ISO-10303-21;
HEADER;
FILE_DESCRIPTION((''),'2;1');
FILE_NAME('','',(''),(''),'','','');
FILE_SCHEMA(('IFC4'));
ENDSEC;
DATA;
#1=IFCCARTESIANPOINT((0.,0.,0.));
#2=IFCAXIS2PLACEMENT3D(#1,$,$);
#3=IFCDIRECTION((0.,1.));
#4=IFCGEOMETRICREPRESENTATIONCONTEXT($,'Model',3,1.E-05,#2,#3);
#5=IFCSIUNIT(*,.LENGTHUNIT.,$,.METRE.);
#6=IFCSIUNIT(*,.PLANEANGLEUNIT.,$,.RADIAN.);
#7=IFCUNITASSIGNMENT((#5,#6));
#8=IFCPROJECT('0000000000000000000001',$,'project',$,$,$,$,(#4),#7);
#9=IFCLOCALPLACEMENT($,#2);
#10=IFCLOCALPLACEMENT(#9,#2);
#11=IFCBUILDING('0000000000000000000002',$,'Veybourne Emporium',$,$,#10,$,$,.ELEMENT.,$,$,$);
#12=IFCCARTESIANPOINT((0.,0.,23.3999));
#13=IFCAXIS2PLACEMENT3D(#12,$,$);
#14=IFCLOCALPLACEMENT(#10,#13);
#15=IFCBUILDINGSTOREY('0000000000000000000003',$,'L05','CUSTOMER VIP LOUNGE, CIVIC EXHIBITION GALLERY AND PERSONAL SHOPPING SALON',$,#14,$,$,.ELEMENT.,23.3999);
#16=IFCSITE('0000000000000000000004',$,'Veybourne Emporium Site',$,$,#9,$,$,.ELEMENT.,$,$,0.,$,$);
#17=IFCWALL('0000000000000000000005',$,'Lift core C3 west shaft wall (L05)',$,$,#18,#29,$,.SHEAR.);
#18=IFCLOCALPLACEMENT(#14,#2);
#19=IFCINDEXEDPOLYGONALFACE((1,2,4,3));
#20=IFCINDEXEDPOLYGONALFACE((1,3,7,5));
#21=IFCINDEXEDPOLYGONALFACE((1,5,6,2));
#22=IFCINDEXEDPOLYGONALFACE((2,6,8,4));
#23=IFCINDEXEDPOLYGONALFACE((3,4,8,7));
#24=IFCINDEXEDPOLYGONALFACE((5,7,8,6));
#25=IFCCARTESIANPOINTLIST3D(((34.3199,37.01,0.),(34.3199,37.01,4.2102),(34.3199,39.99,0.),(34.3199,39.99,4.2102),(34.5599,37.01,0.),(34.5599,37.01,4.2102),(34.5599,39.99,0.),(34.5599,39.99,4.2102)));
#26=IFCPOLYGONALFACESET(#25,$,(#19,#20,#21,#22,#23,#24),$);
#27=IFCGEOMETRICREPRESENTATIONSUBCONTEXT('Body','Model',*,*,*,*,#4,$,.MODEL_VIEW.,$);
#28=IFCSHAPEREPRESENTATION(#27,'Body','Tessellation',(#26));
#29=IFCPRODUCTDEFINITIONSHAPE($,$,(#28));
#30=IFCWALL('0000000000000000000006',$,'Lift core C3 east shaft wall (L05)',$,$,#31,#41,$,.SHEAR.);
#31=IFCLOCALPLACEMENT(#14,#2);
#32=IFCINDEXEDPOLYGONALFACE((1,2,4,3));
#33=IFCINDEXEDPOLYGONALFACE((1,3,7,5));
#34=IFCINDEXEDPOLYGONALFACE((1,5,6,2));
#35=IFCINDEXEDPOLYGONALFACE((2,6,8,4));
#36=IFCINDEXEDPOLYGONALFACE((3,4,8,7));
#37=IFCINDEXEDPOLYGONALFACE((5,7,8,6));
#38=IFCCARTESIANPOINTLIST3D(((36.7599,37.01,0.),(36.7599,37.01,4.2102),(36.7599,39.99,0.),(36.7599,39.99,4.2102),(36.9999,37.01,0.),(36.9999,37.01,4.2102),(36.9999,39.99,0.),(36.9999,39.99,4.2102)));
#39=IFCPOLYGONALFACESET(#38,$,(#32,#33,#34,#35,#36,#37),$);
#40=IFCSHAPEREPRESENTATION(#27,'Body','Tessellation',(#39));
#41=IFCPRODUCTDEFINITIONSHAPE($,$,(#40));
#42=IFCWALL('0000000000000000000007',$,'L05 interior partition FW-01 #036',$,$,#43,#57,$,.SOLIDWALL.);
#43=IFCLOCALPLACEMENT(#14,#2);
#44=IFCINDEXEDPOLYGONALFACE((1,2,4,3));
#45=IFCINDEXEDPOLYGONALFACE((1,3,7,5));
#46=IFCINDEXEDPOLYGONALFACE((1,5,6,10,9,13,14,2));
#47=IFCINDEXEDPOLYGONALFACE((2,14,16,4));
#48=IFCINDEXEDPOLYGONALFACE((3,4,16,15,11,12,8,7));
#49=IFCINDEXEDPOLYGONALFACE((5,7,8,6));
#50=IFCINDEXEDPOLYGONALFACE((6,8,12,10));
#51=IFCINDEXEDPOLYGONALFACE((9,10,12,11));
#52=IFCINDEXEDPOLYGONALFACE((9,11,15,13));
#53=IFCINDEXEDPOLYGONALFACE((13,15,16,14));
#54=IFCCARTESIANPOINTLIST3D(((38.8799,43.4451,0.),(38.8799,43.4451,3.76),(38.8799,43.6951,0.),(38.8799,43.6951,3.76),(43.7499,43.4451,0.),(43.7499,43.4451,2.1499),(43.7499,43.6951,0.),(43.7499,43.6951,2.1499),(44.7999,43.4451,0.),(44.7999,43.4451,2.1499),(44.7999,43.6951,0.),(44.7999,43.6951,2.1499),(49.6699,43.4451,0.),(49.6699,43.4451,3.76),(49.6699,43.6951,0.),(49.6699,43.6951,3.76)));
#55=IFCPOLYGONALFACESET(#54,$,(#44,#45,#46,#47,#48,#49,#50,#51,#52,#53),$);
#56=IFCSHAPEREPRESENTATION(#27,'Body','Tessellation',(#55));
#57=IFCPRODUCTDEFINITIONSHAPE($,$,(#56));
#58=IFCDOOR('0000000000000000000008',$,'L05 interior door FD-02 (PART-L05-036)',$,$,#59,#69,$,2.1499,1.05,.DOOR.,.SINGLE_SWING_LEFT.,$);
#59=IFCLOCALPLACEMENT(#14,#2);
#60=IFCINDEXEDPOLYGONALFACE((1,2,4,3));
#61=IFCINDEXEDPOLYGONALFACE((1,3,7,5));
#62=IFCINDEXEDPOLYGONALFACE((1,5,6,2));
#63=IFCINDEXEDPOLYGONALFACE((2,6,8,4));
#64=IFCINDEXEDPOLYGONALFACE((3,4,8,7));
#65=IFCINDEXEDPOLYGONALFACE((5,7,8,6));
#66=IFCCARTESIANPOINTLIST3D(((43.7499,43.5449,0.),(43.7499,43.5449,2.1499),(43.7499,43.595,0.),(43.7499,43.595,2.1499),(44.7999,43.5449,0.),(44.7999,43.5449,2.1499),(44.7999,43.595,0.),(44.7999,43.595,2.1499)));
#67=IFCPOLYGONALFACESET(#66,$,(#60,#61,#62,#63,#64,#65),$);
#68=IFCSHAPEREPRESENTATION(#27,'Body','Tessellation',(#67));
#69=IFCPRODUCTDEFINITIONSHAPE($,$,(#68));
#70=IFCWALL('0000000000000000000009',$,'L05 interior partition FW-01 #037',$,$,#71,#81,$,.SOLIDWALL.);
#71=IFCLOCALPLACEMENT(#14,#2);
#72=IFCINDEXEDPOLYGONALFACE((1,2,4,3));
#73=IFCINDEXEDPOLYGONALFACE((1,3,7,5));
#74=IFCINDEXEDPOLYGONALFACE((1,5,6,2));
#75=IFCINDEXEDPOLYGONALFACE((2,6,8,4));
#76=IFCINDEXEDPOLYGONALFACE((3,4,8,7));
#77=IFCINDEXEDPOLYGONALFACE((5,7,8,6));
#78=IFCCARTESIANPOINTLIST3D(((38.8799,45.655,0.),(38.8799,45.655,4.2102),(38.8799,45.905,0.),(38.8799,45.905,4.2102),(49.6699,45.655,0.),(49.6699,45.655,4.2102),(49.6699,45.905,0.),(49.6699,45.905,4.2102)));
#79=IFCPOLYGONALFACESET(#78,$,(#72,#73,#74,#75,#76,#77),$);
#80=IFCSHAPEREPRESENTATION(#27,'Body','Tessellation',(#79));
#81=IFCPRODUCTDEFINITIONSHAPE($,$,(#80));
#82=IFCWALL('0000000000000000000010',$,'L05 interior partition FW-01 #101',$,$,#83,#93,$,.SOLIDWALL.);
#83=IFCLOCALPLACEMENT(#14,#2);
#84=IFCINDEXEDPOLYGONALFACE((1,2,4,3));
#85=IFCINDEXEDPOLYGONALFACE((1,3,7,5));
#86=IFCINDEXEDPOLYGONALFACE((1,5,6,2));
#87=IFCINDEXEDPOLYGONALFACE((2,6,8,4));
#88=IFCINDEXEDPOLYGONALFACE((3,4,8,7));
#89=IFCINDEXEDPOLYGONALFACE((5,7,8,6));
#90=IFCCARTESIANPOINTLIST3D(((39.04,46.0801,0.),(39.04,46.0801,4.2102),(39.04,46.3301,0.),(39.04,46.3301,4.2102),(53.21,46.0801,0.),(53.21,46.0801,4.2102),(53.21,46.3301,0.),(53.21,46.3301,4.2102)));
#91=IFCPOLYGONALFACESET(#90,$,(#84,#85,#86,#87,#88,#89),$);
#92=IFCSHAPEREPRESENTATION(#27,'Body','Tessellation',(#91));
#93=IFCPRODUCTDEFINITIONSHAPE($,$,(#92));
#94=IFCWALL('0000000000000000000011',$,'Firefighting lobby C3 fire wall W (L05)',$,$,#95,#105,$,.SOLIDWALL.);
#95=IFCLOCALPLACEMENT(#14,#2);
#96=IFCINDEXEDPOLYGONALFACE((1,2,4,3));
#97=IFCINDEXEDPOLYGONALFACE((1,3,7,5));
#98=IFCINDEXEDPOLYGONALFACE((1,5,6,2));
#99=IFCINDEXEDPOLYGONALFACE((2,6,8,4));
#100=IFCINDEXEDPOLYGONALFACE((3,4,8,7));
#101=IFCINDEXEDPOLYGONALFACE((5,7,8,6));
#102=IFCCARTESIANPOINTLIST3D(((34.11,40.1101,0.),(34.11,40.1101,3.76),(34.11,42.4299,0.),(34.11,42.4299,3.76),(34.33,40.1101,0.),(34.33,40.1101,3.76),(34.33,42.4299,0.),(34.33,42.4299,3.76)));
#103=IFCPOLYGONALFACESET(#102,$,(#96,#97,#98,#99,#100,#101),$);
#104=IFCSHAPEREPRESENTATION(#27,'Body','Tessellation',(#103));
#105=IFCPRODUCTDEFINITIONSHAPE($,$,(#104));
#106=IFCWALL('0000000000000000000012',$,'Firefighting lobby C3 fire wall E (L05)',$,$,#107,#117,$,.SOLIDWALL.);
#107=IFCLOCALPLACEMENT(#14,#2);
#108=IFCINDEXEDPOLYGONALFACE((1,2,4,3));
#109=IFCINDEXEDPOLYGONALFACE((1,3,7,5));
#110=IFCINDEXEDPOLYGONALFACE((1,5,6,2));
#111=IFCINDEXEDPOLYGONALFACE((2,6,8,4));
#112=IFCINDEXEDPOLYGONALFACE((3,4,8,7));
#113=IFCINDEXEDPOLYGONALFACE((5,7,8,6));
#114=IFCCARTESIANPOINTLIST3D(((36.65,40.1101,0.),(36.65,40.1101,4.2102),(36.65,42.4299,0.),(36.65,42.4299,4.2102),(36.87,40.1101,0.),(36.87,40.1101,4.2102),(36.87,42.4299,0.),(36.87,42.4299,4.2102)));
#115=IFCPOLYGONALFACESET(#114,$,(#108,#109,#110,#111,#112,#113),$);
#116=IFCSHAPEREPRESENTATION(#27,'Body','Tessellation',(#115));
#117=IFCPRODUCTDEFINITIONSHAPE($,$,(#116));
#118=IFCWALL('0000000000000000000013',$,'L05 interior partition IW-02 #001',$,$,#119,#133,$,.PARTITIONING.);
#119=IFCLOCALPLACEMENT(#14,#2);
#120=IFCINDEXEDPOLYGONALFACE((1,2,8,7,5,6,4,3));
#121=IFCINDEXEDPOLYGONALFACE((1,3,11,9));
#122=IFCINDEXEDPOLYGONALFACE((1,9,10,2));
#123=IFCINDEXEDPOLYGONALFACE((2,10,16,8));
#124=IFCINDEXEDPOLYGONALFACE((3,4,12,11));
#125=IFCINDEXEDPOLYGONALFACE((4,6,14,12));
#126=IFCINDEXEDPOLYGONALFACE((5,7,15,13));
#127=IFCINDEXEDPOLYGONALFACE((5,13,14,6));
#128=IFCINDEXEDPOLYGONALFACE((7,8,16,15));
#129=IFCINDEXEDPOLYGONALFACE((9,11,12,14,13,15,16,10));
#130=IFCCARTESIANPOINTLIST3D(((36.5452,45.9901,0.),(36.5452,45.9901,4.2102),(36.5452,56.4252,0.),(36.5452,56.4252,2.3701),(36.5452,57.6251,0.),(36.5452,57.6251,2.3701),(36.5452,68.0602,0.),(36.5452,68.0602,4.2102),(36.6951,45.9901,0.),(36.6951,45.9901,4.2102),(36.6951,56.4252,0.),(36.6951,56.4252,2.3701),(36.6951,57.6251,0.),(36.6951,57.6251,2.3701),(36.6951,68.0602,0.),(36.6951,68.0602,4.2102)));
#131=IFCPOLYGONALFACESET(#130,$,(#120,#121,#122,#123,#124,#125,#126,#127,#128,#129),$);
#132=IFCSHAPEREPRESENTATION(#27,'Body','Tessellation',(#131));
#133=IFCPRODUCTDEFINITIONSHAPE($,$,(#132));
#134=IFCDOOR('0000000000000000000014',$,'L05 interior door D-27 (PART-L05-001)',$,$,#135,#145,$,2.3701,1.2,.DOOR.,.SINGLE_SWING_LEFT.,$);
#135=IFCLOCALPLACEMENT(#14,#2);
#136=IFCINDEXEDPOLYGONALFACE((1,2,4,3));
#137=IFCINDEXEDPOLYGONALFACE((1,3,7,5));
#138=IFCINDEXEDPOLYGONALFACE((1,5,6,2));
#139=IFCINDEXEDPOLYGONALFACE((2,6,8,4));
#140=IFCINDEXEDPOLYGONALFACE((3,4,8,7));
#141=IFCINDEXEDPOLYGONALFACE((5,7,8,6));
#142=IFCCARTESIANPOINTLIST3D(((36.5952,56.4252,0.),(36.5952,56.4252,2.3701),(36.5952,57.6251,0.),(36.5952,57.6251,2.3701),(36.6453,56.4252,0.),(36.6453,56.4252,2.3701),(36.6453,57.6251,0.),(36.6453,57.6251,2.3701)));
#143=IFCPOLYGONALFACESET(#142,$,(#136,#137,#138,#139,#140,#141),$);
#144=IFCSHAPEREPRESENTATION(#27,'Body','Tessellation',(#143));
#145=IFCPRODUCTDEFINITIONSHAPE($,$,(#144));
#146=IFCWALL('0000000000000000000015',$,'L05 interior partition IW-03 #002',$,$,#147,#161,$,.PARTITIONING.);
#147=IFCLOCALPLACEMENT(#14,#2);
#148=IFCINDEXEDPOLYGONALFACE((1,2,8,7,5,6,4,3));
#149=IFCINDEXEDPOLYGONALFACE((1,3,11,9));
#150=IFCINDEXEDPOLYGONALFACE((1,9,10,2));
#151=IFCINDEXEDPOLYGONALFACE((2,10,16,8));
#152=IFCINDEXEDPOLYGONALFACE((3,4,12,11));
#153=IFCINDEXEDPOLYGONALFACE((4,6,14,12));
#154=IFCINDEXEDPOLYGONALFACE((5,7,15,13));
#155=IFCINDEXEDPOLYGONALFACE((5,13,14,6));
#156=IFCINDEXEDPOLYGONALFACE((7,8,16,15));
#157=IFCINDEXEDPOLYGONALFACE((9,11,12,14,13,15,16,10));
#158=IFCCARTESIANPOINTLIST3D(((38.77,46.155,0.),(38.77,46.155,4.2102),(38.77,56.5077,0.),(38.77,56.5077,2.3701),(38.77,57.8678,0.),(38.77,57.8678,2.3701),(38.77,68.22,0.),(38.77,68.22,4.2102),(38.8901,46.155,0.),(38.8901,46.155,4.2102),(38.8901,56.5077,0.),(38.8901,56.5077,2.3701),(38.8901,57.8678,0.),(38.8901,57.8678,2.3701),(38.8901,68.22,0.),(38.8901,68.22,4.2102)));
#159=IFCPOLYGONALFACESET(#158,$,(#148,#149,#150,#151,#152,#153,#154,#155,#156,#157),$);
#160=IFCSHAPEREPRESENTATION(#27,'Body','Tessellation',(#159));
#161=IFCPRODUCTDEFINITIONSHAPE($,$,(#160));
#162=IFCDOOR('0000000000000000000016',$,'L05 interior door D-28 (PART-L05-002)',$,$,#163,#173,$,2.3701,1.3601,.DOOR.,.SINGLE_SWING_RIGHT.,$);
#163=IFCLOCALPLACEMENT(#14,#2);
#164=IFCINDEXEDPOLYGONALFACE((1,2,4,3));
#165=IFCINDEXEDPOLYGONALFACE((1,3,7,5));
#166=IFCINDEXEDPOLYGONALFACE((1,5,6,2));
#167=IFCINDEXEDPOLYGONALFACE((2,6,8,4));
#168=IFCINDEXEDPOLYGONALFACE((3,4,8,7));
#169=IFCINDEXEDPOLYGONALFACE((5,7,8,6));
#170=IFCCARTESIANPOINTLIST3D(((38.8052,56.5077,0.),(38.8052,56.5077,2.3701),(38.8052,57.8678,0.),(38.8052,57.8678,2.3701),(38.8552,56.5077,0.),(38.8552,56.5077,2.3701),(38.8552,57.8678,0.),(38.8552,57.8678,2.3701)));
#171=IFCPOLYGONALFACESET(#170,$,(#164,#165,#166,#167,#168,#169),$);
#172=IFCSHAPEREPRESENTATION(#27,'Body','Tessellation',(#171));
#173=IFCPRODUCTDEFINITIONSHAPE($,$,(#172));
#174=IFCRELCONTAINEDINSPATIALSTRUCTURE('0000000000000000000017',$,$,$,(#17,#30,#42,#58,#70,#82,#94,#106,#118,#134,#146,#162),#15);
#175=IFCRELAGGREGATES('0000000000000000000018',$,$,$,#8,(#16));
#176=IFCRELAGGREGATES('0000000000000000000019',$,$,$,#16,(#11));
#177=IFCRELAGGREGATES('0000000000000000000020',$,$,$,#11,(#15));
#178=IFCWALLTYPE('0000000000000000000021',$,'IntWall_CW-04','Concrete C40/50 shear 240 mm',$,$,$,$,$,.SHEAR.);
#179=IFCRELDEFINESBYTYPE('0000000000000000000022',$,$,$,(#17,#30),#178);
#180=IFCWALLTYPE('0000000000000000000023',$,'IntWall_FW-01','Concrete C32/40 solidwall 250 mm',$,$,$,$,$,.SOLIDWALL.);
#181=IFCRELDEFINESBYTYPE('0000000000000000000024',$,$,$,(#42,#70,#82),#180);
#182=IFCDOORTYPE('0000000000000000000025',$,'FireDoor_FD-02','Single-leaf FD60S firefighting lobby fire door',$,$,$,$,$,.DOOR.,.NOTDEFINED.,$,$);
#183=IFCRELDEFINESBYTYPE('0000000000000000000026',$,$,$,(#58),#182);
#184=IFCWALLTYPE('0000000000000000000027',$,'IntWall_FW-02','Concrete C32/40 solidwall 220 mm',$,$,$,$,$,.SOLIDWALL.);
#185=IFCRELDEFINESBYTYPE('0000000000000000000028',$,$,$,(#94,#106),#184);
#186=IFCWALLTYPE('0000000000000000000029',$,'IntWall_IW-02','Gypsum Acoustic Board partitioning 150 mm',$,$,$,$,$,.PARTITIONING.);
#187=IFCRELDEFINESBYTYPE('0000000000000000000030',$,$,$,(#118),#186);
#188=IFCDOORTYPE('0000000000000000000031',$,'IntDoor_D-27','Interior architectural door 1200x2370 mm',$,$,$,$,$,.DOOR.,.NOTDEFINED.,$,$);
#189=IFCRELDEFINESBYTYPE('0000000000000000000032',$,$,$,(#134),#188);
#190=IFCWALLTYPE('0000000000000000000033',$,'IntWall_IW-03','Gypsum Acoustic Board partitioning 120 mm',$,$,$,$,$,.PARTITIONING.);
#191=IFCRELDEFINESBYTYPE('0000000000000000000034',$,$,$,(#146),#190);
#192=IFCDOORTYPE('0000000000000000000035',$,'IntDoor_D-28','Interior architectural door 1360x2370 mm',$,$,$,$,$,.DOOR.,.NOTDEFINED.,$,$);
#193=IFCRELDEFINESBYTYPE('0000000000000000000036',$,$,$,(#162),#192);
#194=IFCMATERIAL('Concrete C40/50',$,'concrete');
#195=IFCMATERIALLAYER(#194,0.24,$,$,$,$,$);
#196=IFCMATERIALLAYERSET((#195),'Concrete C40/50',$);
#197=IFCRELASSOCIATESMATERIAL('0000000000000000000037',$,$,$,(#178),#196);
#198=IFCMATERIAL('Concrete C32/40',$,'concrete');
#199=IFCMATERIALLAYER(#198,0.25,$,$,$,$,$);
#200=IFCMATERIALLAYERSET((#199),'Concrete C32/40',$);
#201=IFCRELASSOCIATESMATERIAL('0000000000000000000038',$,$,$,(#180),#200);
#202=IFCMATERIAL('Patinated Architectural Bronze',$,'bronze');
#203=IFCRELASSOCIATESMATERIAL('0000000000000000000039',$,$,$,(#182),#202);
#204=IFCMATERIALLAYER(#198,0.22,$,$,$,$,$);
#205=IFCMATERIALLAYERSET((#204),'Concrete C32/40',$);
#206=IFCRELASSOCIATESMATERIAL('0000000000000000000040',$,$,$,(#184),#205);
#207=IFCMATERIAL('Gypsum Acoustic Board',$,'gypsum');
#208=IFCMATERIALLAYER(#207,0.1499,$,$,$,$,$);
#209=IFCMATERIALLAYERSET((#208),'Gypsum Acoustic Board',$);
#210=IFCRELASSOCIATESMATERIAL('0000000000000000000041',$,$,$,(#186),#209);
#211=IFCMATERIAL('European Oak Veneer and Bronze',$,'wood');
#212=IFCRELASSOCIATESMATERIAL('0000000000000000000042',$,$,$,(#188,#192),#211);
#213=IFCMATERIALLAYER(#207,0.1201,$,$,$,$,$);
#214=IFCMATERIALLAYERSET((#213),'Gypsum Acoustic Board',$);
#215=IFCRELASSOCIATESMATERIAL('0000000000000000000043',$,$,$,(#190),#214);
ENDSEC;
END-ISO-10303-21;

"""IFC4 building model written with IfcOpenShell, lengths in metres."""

from ifc_helpers import new_model, si_unit, direction, frame, frame_2d, origin, place, context, subcontext, project, spatial, rectangle, extrude, material, layer, layer_set, type_object, element, fill, save


model = new_model("IFC4")

# Units and contexts
model_context = context("Model", 3, precision=1e-05, world=origin(), true_north=direction((0.0, 1.0)))
body_context = subcontext(model_context, "Body", "Model", "MODEL_VIEW")
ifc_project = project(units=[si_unit("LENGTHUNIT", "METRE"), si_unit("PLANEANGLEUNIT", "RADIAN")], contexts=[model_context])

# Site, building, storey
site_placement = place(None, origin())
site = spatial("IfcSite", under=ifc_project, at=site_placement, Name="Veybourne Emporium Site", CompositionType="ELEMENT", RefElevation=0.0)
building_placement = place(site_placement, origin())
building = spatial("IfcBuilding", under=site, at=building_placement, Name="Veybourne Emporium", CompositionType="ELEMENT")
storey_placement = place(building_placement, frame((0.0, 0.0, 23.3999)))
storey = spatial("IfcBuildingStorey", under=building, at=storey_placement, Name="L05", Description="CUSTOMER VIP LOUNGE, CIVIC EXHIBITION GALLERY AND PERSONAL SHOPPING SALON", CompositionType="ELEMENT", Elevation=23.3999)

# Shared definitions
ifc_material_1 = material(Name="Concrete C40/50", Category="concrete")

# Shared definitions
ifc_material_2 = material(Name="Concrete C32/40", Category="concrete")

# Shared definitions
ifc_layer_1 = layer(ifc_material_1, 0.24)
ifc_layer_set_1 = layer_set([ifc_layer_1], Name="Concrete C40/50")
wall_type_1 = type_object("IfcWallType", Name="IntWall_CW-04", Description="Concrete C40/50 shear 240 mm", PredefinedType="SHEAR", material=ifc_layer_set_1)
ifc_material_3 = material(Name="Patinated Architectural Bronze", Category="bronze")

# Walls
for number, where, z_axis, x_axis, name in (
    (1, (34.4399, 39.99, 0.0), (0.0, 0.0, 1.0), (0.0, -1.0, 0.0), "Lift core C3 west shaft wall (L05)"),
    (2, (36.8799, 37.01, 0.0), (0.0, 0.0, 1.0), (0.0, 1.0, 0.0), "Lift core C3 east shaft wall (L05)"),
):
    element("IfcWall", number, at=place(storey_placement, frame(where, z_axis=z_axis, x_axis=x_axis)), inside=storey, type_object=wall_type_1, Name=name, PredefinedType="SHEAR", context=body_context, shape_type="SweptSolid", body=[
        extrude(rectangle(XDim=2.98, YDim=0.24, at=frame_2d((1.49, 0.0))), origin(), (0.0, 0.0, 1.0), 4.2102),
    ])

# Wall, opening, door
ifc_layer_2 = layer(ifc_material_2, 0.25)
ifc_layer_set_2 = layer_set([ifc_layer_2], Name="Concrete C32/40")
wall_type_2 = type_object("IfcWallType", Name="IntWall_FW-01", Description="Concrete C32/40 solidwall 250 mm", PredefinedType="SOLIDWALL", material=ifc_layer_set_2)
wall_1_placement = place(storey_placement, frame((38.8799, 43.5701, 0.0), z_axis=(0.0, 0.0, 1.0), x_axis=(1.0, 0.0, 0.0)))
wall_1 = element("IfcWall", 3, at=wall_1_placement, inside=storey, type_object=wall_type_2, Name="L05 interior partition FW-01 #036", PredefinedType="SOLIDWALL", context=body_context, shape_type="SweptSolid", body=[
    extrude(rectangle(XDim=10.79, YDim=0.25, at=frame_2d((5.395, 0.0))), origin(), (0.0, 0.0, 1.0), 3.76),
])
opening_1_placement = place(wall_1_placement, frame((4.8701, 0.0, 0.0)))
opening_1 = element("IfcOpeningElement", 4, at=opening_1_placement, cuts=wall_1, PredefinedType="OPENING", context=body_context, shape_type="SweptSolid", body=[
    extrude(rectangle(XDim=1.05, YDim=2.1499, at=frame_2d((0.5249, 1.075))), frame((0.0, 0.145, 0.0), z_axis=(0.0, -1.0, 0.0), x_axis=(1.0, 0.0, 0.0)), (0.0, 0.0, 1.0), 0.29),
])
door_type_1 = type_object("IfcDoorType", Name="FireDoor_FD-02", Description="Single-leaf FD60S firefighting lobby fire door", OperationType="NOTDEFINED", PredefinedType="DOOR", material=ifc_material_3)
door_1_placement = place(opening_1_placement, origin())
door_1 = element("IfcDoor", 5, at=door_1_placement, inside=storey, type_object=door_type_1, Name="L05 interior door FD-02 (PART-L05-036)", OperationType="SINGLE_SWING_LEFT", OverallHeight=2.1499, OverallWidth=1.05, PredefinedType="DOOR", context=body_context, shape_type="SweptSolid", body=[
    extrude(rectangle(XDim=1.05, YDim=2.1499, at=frame_2d((0.5249, 1.075))), frame((0.0, 0.0249, 0.0), z_axis=(0.0, -1.0, 0.0), x_axis=(1.0, 0.0, 0.0)), (0.0, 0.0, 1.0), 0.05),
])
fill(opening_1, door_1)

# Walls
wall_2_placement = place(storey_placement, frame((38.8799, 45.78, 0.0), z_axis=(0.0, 0.0, 1.0), x_axis=(1.0, 0.0, 0.0)))
element("IfcWall", 6, at=wall_2_placement, inside=storey, type_object=wall_type_2, Name="L05 interior partition FW-01 #037", PredefinedType="SOLIDWALL", context=body_context, shape_type="SweptSolid", body=[
    extrude(rectangle(XDim=10.79, YDim=0.25, at=frame_2d((5.395, 0.0))), origin(), (0.0, 0.0, 1.0), 4.2102),
])
wall_3_placement = place(storey_placement, frame((39.04, 46.2051, 0.0), z_axis=(0.0, 0.0, 1.0), x_axis=(1.0, 0.0, 0.0)))
element("IfcWall", 7, at=wall_3_placement, inside=storey, type_object=wall_type_2, Name="L05 interior partition FW-01 #101", PredefinedType="SOLIDWALL", context=body_context, shape_type="SweptSolid", body=[
    extrude(rectangle(XDim=14.1699, YDim=0.25, at=frame_2d((7.085, 0.0))), origin(), (0.0, 0.0, 1.0), 4.2102),
])

# Shared definitions
ifc_layer_3 = layer(ifc_material_2, 0.22)
ifc_layer_set_3 = layer_set([ifc_layer_3], Name="Concrete C32/40")
wall_type_3 = type_object("IfcWallType", Name="IntWall_FW-02", Description="Concrete C32/40 solidwall 220 mm", PredefinedType="SOLIDWALL", material=ifc_layer_set_3)

# Walls
wall_4_placement = place(storey_placement, frame((34.22, 40.1101, 0.0), z_axis=(0.0, 0.0, 1.0), x_axis=(0.0, 1.0, 0.0)))
element("IfcWall", 8, at=wall_4_placement, inside=storey, type_object=wall_type_3, Name="Firefighting lobby C3 fire wall W (L05)", PredefinedType="SOLIDWALL", context=body_context, shape_type="SweptSolid", body=[
    extrude(rectangle(XDim=2.3198, YDim=0.22, at=frame_2d((1.1599, 0.0))), origin(), (0.0, 0.0, 1.0), 3.76),
])
wall_5_placement = place(storey_placement, frame((36.76, 40.1101, 0.0), z_axis=(0.0, 0.0, 1.0), x_axis=(0.0, 1.0, 0.0)))
element("IfcWall", 9, at=wall_5_placement, inside=storey, type_object=wall_type_3, Name="Firefighting lobby C3 fire wall E (L05)", PredefinedType="SOLIDWALL", context=body_context, shape_type="SweptSolid", body=[
    extrude(rectangle(XDim=2.3198, YDim=0.22, at=frame_2d((1.1599, 0.0))), origin(), (0.0, 0.0, 1.0), 4.2102),
])

# Walls, openings, doors
ifc_material_4 = material(Name="Gypsum Acoustic Board", Category="gypsum")
ifc_layer_4 = layer(ifc_material_4, 0.1499)
ifc_layer_set_4 = layer_set([ifc_layer_4], Name="Gypsum Acoustic Board")
wall_type_4 = type_object("IfcWallType", Name="IntWall_IW-02", Description="Gypsum Acoustic Board partitioning 150 mm", PredefinedType="PARTITIONING", material=ifc_layer_set_4)
wall_6_placement = place(storey_placement, frame((36.6201, 45.99, 0.0), z_axis=(0.0, 0.0, 1.0), x_axis=(0.0, 1.0, 0.0)))
wall_6 = element("IfcWall", 10, at=wall_6_placement, inside=storey, type_object=wall_type_4, Name="L05 interior partition IW-02 #001", PredefinedType="PARTITIONING", context=body_context, shape_type="SweptSolid", body=[
    extrude(rectangle(XDim=22.0701, YDim=0.1499, at=frame_2d((11.0352, 0.0))), origin(), (0.0, 0.0, 1.0), 4.2102),
])
opening_2_placement = place(wall_6_placement, frame((10.4351, 0.0, 0.0)))
opening_2 = element("IfcOpeningElement", 11, at=opening_2_placement, cuts=wall_6, PredefinedType="OPENING", context=body_context, shape_type="SweptSolid", body=[
    extrude(rectangle(XDim=1.2, YDim=2.3701, at=frame_2d((0.6001, 1.1851))), frame((0.0, 0.095, 0.0), z_axis=(0.0, -1.0, 0.0), x_axis=(1.0, 0.0, 0.0)), (0.0, 0.0, 1.0), 0.1899),
])
ifc_material_5 = material(Name="European Oak Veneer and Bronze", Category="wood")
door_type_2 = type_object("IfcDoorType", Name="IntDoor_D-27", Description="Interior architectural door 1200x2370 mm", OperationType="NOTDEFINED", PredefinedType="DOOR", material=ifc_material_5)
door_2_placement = place(opening_2_placement, origin())
door_2 = element("IfcDoor", 12, at=door_2_placement, inside=storey, type_object=door_type_2, Name="L05 interior door D-27 (PART-L05-001)", OperationType="SINGLE_SWING_LEFT", OverallHeight=2.3701, OverallWidth=1.2, PredefinedType="DOOR", context=body_context, shape_type="SweptSolid", body=[
    extrude(rectangle(XDim=1.2, YDim=2.3701, at=frame_2d((0.6001, 1.1851))), frame((0.0, 0.0249, 0.0), z_axis=(0.0, -1.0, 0.0), x_axis=(1.0, 0.0, 0.0)), (0.0, 0.0, 1.0), 0.05),
])
fill(opening_2, door_2)
ifc_layer_5 = layer(ifc_material_4, 0.1201)
ifc_layer_set_5 = layer_set([ifc_layer_5], Name="Gypsum Acoustic Board")
wall_type_5 = type_object("IfcWallType", Name="IntWall_IW-03", Description="Gypsum Acoustic Board partitioning 120 mm", PredefinedType="PARTITIONING", material=ifc_layer_set_5)
wall_7_placement = place(storey_placement, frame((38.8301, 46.155, 0.0), z_axis=(0.0, 0.0, 1.0), x_axis=(0.0, 1.0, 0.0)))
wall_7 = element("IfcWall", 13, at=wall_7_placement, inside=storey, type_object=wall_type_5, Name="L05 interior partition IW-03 #002", PredefinedType="PARTITIONING", context=body_context, shape_type="SweptSolid", body=[
    extrude(rectangle(XDim=22.0649, YDim=0.1201, at=frame_2d((11.0325, 0.0))), origin(), (0.0, 0.0, 1.0), 4.2102),
])
opening_3_placement = place(wall_7_placement, frame((10.3525, 0.0, 0.0)))
opening_3 = element("IfcOpeningElement", 14, at=opening_3_placement, cuts=wall_7, PredefinedType="OPENING", context=body_context, shape_type="SweptSolid", body=[
    extrude(rectangle(XDim=1.3601, YDim=2.3701, at=frame_2d((0.6802, 1.1851))), frame((0.0, 0.0801, 0.0), z_axis=(0.0, -1.0, 0.0), x_axis=(1.0, 0.0, 0.0)), (0.0, 0.0, 1.0), 0.1602),
])
door_type_3 = type_object("IfcDoorType", Name="IntDoor_D-28", Description="Interior architectural door 1360x2370 mm", OperationType="NOTDEFINED", PredefinedType="DOOR", material=ifc_material_5)
door_3_placement = place(opening_3_placement, origin())
door_3 = element("IfcDoor", 15, at=door_3_placement, inside=storey, type_object=door_type_3, Name="L05 interior door D-28 (PART-L05-002)", OperationType="SINGLE_SWING_RIGHT", OverallHeight=2.3701, OverallWidth=1.3601, PredefinedType="DOOR", context=body_context, shape_type="SweptSolid", body=[
    extrude(rectangle(XDim=1.3601, YDim=2.3701, at=frame_2d((0.6802, 1.1851))), frame((0.0, 0.0249, 0.0), z_axis=(0.0, -1.0, 0.0), x_axis=(1.0, 0.0, 0.0)), (0.0, 0.0, 1.0), 0.05),
])
fill(opening_3, door_3)

save(model, "model.ifc")
